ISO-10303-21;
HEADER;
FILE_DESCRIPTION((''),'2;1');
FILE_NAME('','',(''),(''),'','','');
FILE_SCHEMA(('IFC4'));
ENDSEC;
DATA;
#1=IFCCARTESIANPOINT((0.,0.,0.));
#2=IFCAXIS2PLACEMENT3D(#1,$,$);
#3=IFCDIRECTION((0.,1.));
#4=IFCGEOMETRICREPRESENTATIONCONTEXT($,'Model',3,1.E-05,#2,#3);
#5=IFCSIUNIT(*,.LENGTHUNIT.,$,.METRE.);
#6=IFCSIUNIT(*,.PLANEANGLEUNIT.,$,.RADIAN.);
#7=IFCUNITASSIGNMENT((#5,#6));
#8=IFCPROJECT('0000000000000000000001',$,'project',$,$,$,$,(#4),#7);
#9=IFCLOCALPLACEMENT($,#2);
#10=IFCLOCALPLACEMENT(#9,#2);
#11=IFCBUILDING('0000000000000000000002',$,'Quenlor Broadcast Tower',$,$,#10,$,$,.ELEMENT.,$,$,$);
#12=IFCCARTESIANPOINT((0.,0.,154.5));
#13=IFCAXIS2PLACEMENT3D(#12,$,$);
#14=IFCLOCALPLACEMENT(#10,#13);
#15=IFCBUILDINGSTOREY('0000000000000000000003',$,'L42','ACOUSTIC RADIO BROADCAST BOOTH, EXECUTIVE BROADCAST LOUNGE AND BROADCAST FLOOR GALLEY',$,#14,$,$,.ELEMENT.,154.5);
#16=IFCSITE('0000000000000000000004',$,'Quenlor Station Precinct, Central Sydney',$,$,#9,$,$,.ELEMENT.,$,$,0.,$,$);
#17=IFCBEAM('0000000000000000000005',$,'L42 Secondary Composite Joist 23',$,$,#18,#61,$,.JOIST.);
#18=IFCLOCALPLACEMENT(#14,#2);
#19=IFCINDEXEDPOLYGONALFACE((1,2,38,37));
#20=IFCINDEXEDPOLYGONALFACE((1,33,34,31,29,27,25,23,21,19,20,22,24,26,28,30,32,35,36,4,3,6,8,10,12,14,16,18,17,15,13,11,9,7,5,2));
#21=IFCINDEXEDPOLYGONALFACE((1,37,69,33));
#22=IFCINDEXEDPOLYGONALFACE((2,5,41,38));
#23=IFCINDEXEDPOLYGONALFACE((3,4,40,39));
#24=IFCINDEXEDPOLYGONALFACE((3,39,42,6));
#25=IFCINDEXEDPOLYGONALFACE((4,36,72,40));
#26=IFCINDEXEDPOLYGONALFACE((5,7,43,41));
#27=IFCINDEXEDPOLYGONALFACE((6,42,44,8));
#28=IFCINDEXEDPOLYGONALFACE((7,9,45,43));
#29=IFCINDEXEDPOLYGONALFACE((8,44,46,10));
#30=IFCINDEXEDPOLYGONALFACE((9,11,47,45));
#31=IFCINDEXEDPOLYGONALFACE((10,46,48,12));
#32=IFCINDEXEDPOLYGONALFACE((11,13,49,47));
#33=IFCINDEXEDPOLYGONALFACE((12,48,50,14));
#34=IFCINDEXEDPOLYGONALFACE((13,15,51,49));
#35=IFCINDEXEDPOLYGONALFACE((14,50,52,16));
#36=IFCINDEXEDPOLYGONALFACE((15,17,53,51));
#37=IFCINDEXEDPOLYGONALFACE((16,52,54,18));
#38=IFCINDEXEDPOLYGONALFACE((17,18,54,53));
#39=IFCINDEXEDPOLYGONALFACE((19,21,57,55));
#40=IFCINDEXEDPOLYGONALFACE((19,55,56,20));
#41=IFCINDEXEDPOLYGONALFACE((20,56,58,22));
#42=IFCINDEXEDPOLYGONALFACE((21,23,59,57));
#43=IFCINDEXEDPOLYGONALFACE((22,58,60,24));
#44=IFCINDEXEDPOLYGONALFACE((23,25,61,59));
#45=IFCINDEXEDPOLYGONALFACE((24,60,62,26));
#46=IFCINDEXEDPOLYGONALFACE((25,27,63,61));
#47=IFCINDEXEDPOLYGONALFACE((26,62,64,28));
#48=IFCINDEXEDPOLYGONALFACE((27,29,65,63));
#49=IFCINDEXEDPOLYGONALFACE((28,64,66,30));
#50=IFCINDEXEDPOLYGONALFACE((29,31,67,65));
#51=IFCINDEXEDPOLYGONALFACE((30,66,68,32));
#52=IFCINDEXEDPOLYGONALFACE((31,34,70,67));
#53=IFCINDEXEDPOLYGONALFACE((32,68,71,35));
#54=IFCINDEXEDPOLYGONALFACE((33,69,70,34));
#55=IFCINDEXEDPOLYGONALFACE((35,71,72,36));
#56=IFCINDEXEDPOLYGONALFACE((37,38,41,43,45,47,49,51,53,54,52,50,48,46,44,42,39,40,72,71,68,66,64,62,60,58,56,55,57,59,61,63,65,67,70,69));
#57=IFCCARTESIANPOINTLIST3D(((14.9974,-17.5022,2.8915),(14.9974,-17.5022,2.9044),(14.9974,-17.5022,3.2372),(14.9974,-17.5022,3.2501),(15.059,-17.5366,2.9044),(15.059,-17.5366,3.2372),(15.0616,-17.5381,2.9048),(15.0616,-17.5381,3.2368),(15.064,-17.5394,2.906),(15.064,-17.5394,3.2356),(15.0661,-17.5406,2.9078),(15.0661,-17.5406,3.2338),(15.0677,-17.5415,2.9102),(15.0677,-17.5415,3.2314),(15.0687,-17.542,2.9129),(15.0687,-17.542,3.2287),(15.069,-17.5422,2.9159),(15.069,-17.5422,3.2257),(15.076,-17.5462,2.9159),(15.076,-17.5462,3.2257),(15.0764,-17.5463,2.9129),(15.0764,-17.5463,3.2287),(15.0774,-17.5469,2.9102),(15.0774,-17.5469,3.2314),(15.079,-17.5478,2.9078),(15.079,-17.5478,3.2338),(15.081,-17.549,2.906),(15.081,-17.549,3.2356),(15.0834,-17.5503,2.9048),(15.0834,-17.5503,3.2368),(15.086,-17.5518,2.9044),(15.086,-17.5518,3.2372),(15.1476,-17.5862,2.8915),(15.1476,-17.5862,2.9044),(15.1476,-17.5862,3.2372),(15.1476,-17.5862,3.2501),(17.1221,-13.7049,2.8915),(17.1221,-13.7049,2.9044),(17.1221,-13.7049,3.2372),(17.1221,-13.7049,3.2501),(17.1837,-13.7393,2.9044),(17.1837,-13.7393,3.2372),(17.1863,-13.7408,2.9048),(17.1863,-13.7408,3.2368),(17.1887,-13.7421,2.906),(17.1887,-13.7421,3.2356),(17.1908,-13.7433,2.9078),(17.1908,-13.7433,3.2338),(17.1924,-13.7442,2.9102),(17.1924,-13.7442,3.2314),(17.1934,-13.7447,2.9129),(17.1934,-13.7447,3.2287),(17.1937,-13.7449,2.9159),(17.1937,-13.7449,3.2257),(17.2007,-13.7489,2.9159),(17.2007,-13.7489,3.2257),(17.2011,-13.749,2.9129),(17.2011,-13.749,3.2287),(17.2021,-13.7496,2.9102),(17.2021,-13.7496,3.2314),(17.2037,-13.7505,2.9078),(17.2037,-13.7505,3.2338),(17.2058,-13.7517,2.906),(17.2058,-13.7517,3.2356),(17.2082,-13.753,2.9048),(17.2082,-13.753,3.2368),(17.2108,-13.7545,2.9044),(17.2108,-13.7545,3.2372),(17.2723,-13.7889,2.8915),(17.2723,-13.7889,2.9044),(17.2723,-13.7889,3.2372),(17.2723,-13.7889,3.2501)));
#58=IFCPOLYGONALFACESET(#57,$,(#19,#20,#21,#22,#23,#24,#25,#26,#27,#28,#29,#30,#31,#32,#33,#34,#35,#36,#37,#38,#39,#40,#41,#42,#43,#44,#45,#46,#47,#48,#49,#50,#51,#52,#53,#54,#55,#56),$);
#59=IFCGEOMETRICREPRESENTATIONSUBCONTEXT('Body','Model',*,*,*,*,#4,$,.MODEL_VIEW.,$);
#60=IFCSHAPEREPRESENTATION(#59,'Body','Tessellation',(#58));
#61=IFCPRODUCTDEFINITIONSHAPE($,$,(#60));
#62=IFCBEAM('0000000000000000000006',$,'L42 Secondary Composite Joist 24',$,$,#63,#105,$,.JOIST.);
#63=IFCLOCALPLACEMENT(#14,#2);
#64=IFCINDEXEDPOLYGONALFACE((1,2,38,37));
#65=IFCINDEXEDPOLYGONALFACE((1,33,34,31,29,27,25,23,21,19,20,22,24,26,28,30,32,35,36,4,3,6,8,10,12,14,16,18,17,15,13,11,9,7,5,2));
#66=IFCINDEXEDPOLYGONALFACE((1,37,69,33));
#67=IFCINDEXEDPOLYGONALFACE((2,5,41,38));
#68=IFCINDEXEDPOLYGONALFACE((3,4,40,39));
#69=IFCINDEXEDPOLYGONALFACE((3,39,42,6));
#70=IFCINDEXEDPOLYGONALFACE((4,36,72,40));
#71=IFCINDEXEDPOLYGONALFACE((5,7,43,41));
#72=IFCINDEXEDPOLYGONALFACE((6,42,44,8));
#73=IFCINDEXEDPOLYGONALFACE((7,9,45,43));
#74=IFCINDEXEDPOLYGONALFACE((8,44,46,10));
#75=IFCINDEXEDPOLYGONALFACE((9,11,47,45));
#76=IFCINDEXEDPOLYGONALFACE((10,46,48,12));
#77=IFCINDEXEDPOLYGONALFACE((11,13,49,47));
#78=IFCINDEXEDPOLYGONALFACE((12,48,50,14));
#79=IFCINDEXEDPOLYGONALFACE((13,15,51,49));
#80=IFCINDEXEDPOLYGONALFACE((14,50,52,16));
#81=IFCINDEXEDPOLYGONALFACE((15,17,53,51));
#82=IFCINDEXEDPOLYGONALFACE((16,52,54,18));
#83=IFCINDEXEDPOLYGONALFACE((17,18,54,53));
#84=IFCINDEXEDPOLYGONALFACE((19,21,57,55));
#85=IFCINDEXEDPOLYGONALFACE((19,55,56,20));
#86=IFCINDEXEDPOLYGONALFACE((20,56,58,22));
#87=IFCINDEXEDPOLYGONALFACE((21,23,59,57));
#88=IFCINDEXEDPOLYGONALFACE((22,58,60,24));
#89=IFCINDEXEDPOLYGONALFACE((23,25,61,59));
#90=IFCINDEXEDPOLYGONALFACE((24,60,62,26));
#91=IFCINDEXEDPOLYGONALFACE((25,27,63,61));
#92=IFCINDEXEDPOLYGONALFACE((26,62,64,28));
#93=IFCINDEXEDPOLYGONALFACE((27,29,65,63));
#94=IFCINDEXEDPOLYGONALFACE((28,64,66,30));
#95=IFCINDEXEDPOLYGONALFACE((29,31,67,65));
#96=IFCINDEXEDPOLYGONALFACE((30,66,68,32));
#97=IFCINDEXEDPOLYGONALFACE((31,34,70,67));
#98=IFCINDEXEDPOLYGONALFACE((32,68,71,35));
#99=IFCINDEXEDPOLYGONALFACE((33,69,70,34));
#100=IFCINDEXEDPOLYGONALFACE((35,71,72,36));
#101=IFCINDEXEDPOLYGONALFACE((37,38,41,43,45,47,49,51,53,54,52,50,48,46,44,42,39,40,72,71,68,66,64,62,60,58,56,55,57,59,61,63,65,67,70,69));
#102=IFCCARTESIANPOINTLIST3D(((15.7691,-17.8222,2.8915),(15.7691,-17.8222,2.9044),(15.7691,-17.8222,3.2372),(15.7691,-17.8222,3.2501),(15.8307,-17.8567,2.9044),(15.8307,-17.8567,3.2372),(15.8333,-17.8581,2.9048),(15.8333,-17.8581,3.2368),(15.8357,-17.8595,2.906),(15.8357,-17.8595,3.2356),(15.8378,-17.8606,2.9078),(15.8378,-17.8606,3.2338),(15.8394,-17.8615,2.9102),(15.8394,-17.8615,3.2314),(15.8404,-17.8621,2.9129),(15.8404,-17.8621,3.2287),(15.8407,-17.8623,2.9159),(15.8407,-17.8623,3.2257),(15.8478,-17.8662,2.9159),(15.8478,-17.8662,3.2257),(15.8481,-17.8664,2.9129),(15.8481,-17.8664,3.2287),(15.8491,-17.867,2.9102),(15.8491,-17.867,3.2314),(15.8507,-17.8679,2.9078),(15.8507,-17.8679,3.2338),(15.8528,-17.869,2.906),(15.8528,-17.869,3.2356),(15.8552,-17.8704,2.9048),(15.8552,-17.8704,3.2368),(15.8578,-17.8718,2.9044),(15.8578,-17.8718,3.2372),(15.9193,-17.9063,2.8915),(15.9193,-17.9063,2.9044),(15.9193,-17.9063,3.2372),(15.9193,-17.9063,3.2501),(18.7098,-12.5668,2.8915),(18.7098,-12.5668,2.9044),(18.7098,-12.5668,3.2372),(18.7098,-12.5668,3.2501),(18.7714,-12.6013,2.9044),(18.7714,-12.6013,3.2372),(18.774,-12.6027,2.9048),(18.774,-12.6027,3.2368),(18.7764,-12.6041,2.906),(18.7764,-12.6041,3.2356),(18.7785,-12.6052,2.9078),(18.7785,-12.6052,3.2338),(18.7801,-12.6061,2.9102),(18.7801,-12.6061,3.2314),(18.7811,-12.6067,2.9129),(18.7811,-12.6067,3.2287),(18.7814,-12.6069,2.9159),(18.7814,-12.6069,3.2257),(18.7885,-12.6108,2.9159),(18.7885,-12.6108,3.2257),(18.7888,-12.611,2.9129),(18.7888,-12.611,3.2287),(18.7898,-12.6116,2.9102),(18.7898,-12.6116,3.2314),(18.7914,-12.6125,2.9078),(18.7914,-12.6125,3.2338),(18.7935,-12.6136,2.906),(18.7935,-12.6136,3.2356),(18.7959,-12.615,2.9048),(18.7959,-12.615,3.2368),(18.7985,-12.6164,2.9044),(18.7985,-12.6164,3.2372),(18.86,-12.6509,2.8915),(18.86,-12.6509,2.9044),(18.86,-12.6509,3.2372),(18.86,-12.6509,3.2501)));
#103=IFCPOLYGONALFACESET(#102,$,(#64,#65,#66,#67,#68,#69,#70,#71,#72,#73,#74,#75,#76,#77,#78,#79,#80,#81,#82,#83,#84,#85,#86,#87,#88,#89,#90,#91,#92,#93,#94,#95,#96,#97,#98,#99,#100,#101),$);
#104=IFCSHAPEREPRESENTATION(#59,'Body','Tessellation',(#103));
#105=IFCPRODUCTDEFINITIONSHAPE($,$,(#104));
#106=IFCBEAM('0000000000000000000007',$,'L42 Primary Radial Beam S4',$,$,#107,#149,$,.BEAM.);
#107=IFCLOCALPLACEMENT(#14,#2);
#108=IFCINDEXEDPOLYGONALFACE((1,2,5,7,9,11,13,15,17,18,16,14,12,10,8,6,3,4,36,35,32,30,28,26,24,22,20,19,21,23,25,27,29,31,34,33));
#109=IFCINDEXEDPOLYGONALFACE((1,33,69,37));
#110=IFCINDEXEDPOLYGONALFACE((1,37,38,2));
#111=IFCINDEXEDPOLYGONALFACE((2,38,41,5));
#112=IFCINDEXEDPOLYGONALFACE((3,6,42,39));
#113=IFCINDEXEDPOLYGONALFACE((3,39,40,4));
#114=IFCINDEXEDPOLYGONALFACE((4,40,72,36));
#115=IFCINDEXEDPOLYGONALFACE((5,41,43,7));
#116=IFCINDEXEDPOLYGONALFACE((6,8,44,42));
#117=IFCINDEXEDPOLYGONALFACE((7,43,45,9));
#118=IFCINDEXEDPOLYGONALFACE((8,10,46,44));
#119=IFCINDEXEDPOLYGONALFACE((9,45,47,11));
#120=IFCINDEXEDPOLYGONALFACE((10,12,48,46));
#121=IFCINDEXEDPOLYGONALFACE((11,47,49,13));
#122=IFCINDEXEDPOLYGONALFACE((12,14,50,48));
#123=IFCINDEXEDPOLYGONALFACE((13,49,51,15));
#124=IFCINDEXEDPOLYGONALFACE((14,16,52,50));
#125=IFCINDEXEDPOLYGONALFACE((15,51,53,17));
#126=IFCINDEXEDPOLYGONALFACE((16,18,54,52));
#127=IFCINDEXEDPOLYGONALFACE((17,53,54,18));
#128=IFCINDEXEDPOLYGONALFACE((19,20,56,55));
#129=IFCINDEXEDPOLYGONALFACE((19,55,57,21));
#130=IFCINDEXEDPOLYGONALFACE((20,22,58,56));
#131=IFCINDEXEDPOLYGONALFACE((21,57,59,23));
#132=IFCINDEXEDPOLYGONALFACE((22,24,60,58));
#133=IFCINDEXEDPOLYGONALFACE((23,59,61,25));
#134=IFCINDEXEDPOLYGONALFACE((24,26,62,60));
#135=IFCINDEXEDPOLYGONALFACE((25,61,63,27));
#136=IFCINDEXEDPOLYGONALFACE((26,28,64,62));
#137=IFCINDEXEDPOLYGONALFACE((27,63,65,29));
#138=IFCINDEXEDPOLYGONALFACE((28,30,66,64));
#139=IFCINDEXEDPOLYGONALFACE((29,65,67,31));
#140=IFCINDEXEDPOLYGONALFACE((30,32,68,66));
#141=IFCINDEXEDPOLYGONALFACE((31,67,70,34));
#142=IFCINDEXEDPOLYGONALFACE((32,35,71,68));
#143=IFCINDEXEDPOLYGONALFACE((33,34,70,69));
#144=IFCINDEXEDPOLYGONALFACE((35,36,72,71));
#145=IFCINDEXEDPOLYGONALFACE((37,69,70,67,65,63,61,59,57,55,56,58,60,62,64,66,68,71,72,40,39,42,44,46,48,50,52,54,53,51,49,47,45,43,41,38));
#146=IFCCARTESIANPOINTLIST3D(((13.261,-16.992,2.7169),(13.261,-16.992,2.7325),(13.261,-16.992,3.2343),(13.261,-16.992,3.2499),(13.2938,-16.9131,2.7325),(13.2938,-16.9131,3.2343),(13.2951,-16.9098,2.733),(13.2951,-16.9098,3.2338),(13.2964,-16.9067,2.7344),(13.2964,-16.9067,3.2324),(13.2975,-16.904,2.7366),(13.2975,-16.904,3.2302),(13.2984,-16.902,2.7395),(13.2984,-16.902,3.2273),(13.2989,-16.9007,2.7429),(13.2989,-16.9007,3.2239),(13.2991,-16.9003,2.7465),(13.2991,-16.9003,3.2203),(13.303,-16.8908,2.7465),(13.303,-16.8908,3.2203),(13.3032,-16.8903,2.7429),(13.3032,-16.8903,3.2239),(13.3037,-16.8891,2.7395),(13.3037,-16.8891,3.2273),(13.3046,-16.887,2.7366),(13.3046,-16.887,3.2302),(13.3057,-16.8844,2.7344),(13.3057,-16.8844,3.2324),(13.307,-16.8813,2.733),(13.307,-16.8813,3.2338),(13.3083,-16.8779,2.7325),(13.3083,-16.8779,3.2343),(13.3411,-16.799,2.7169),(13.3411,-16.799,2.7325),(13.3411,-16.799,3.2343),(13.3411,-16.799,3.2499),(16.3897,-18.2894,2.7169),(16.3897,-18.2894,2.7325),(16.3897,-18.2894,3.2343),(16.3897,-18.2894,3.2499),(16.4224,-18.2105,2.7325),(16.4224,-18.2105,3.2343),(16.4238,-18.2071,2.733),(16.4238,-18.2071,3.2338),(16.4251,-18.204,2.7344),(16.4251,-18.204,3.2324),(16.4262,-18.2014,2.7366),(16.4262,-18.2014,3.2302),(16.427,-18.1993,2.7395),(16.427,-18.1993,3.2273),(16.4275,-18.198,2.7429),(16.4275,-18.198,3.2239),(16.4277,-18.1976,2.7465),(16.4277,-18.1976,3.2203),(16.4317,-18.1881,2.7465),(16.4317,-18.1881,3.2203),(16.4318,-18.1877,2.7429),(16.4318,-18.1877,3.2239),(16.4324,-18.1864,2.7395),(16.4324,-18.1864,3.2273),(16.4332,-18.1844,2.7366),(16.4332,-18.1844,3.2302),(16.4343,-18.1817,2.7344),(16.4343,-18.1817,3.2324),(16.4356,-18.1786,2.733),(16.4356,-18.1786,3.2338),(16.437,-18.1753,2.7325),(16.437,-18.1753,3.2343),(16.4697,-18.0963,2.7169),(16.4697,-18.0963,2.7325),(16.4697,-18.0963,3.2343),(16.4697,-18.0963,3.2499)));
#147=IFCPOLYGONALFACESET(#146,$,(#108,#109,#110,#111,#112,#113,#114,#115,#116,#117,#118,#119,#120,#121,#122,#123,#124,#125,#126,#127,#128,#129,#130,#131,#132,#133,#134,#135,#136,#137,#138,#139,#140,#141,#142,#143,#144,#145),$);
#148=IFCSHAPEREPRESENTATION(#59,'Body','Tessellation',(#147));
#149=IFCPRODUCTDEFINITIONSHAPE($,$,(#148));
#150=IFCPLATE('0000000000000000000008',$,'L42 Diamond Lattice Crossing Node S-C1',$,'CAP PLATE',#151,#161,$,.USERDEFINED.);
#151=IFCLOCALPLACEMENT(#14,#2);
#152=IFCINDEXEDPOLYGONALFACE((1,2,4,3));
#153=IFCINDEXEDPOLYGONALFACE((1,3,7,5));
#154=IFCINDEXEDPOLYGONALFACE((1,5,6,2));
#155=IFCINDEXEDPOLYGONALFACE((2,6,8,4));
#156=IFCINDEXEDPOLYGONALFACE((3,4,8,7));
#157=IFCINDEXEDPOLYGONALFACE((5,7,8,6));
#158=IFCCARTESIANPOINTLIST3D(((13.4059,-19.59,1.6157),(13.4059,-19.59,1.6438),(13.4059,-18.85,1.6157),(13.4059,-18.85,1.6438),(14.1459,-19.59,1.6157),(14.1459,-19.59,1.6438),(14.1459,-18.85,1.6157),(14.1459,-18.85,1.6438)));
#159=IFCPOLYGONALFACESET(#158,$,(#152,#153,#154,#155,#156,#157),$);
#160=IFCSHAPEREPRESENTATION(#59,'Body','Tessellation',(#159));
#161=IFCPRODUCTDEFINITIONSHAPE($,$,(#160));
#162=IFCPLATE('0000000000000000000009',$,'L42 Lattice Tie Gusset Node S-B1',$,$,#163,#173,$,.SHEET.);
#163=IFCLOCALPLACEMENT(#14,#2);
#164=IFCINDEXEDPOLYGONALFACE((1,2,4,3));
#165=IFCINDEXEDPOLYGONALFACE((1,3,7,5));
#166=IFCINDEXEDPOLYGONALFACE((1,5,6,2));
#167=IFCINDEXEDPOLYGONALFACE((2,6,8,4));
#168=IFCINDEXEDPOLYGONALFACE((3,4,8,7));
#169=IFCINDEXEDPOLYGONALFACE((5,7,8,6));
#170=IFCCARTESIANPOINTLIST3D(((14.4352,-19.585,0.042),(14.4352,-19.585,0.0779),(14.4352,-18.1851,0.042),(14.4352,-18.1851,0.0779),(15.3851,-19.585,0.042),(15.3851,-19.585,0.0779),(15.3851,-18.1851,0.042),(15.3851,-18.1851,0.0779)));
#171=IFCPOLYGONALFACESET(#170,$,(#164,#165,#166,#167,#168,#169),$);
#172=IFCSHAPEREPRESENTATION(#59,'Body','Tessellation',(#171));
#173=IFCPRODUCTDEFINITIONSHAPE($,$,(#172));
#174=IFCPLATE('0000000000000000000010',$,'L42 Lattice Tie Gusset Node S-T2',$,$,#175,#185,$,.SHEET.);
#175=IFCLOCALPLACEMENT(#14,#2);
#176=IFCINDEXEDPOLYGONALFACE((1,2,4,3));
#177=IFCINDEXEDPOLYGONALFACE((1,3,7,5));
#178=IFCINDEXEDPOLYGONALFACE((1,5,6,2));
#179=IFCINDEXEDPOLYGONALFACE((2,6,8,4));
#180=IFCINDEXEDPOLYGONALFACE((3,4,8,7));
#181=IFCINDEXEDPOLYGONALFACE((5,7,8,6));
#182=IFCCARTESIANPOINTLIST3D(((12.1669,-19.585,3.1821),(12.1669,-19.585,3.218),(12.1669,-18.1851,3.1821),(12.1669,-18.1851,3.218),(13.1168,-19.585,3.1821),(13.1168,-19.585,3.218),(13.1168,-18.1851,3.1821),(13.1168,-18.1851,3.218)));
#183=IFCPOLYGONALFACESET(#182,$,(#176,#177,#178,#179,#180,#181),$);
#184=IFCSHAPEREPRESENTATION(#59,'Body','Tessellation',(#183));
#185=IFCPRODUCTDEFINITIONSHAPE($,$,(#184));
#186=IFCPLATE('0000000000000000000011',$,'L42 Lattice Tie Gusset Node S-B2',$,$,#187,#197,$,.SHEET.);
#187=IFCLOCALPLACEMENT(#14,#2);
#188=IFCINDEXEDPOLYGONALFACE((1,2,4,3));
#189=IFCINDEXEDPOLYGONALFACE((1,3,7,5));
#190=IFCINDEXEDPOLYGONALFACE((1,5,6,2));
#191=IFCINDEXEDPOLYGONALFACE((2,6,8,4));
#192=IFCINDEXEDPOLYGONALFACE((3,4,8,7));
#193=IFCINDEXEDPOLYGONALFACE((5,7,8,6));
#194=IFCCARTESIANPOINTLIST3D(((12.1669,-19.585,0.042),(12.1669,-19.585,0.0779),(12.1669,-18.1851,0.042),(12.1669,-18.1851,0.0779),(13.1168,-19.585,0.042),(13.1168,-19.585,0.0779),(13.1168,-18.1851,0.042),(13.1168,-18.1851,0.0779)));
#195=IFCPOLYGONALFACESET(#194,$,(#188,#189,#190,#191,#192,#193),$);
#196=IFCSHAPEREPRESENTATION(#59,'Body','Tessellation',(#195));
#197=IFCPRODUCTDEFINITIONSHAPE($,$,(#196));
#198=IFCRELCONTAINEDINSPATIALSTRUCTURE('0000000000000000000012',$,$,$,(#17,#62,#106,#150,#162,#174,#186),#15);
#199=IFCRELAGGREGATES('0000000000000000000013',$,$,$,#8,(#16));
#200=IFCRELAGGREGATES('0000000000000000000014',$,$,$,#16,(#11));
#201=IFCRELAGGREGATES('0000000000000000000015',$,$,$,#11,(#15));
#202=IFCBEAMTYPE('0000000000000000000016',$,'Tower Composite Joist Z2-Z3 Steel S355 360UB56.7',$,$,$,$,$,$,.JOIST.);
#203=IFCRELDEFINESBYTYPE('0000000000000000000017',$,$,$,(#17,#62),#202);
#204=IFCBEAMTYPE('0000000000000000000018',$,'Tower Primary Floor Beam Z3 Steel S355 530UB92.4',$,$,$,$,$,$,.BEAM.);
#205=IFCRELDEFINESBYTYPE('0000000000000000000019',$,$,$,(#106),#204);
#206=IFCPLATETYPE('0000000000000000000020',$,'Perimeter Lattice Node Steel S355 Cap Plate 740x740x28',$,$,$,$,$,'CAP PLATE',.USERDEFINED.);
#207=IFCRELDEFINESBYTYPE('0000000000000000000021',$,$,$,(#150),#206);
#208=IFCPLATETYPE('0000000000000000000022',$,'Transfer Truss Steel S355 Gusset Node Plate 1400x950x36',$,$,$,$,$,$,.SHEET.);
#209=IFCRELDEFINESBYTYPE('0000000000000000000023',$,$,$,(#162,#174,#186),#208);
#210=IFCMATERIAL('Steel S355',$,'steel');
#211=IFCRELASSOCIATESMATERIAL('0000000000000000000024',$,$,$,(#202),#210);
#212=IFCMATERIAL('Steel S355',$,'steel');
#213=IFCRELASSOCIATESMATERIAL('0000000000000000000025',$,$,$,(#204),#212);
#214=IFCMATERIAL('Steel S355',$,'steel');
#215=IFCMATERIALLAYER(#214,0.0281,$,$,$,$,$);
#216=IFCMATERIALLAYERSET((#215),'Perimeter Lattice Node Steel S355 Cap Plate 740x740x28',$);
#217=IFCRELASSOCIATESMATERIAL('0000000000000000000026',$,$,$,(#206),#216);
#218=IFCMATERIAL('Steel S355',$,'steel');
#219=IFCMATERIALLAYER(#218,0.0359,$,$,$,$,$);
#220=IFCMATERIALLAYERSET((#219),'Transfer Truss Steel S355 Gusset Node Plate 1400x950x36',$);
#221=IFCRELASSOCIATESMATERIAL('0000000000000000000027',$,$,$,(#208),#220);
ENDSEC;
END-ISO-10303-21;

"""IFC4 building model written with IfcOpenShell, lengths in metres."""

from ifc_helpers import new_model, si_unit, direction, frame, origin, origin_2d, place, context, subcontext, project, spatial, rectangle, i_section, extrude, material, layer, layer_set, material_profile, profile_set, type_object, element, save


model = new_model("IFC4")

# Units and contexts
model_context = context("Model", 3, precision=1e-05, world=origin(), true_north=direction((0.0, 1.0)))
body_context = subcontext(model_context, "Body", "Model", "MODEL_VIEW")
ifc_project = project(units=[si_unit("LENGTHUNIT", "METRE"), si_unit("PLANEANGLEUNIT", "RADIAN")], contexts=[model_context])

# Site, building, storey
site_placement = place(None, origin())
site = spatial("IfcSite", under=ifc_project, at=site_placement, Name="Quenlor Station Precinct, Central Sydney", CompositionType="ELEMENT", RefElevation=0.0)
building_placement = place(site_placement, origin())
building = spatial("IfcBuilding", under=site, at=building_placement, Name="Quenlor Broadcast Tower", CompositionType="ELEMENT")
storey_placement = place(building_placement, frame((0.0, 0.0, 154.5)))
storey = spatial("IfcBuildingStorey", under=building, at=storey_placement, Name="L42", Description="ACOUSTIC RADIO BROADCAST BOOTH, EXECUTIVE BROADCAST LOUNGE AND BROADCAST FLOOR GALLEY", CompositionType="ELEMENT", Elevation=154.5)

# Beams
ifc_material_1 = material(Name="Steel S355", Category="steel")
ifc_material_profile_1 = material_profile(ifc_material_1, i_section(OverallWidth=0.1721, OverallDepth=0.3586, WebThickness=0.0081, FlangeThickness=0.0129, FilletRadius=0.0115, at=origin_2d()))
ifc_profile_set_1 = profile_set([ifc_material_profile_1], Name="Steel S355 360UB56.7")
beam_type_1 = type_object("IfcBeamType", Name="Tower Composite Joist Z2-Z3 Steel S355 360UB56.7", PredefinedType="JOIST", material=ifc_profile_set_1)
beam_1_placement = place(storey_placement, frame((15.0725, -17.5442, 3.0708), z_axis=(0.488294, 0.872679, 0.0), x_axis=(-0.872679, 0.488294, 0.0)))
element("IfcBeam", 1, at=beam_1_placement, inside=storey, type_object=beam_type_1, Name="L42 Secondary Composite Joist 23", PredefinedType="JOIST", context=body_context, shape_type="SweptSolid", body=[
    extrude(i_section(OverallWidth=0.1721, OverallDepth=0.3586, WebThickness=0.0081, FlangeThickness=0.0129, FilletRadius=0.0115, at=origin_2d()), origin(), (0.0, 0.0, 1.0), 4.3513),
])
beam_2_placement = place(storey_placement, frame((15.8442, -17.8643, 3.0708), z_axis=(0.488308, 0.872671, 0.0), x_axis=(-0.872671, 0.488308, 0.0)))
element("IfcBeam", 2, at=beam_2_placement, inside=storey, type_object=beam_type_1, Name="L42 Secondary Composite Joist 24", PredefinedType="JOIST", context=body_context, shape_type="SweptSolid", body=[
    extrude(i_section(OverallWidth=0.1721, OverallDepth=0.3586, WebThickness=0.0081, FlangeThickness=0.0129, FilletRadius=0.0115, at=origin_2d()), origin(), (0.0, 0.0, 1.0), 6.0222),
])
ifc_material_2 = material(Name="Steel S355", Category="steel")
ifc_material_profile_2 = material_profile(ifc_material_2, i_section(OverallWidth=0.209, OverallDepth=0.533, WebThickness=0.0103, FlangeThickness=0.0156, FilletRadius=0.0139, at=origin_2d()))
ifc_profile_set_2 = profile_set([ifc_material_profile_2], Name="Steel S355 530UB92.4")
beam_type_2 = type_object("IfcBeamType", Name="Tower Primary Floor Beam Z3 Steel S355 530UB92.4", PredefinedType="BEAM", material=ifc_profile_set_2)
beam_3_placement = place(storey_placement, frame((16.4297, -18.1929, 2.9834), z_axis=(-0.92373, 0.383044, 0.0), x_axis=(-0.383044, -0.92373, 0.0)))
element("IfcBeam", 3, at=beam_3_placement, inside=storey, type_object=beam_type_2, Name="L42 Primary Radial Beam S4", PredefinedType="BEAM", context=body_context, shape_type="SweptSolid", body=[
    extrude(i_section(OverallWidth=0.209, OverallDepth=0.533, WebThickness=0.0103, FlangeThickness=0.0156, FilletRadius=0.0139, at=origin_2d()), origin(), (0.0, 0.0, 1.0), 3.387),
])

# Plates
ifc_material_3 = material(Name="Steel S355", Category="steel")
ifc_layer_1 = layer(ifc_material_3, 0.0281)
ifc_layer_set_1 = layer_set([ifc_layer_1], Name="Perimeter Lattice Node Steel S355 Cap Plate 740x740x28")
plate_type_1 = type_object("IfcPlateType", Name="Perimeter Lattice Node Steel S355 Cap Plate 740x740x28", ElementType="CAP PLATE", PredefinedType="USERDEFINED", material=ifc_layer_set_1)
plate_placement = place(storey_placement, frame((13.7759, -19.22, 1.6157), z_axis=(0.0, 0.0, 1.0), x_axis=(-1.0, 0.0, 0.0)))
element("IfcPlate", 4, at=plate_placement, inside=storey, type_object=plate_type_1, Name="L42 Diamond Lattice Crossing Node S-C1", ObjectType="CAP PLATE", PredefinedType="USERDEFINED", context=body_context, shape_type="SweptSolid", body=[
    extrude(rectangle(XDim=0.74, YDim=0.74, at=origin_2d()), origin(), (0.0, 0.0, 1.0), 0.0281),
])
ifc_material_4 = material(Name="Steel S355", Category="steel")
ifc_layer_2 = layer(ifc_material_4, 0.0359)
ifc_layer_set_2 = layer_set([ifc_layer_2], Name="Transfer Truss Steel S355 Gusset Node Plate 1400x950x36")
plate_type_2 = type_object("IfcPlateType", Name="Transfer Truss Steel S355 Gusset Node Plate 1400x950x36", PredefinedType="SHEET", material=ifc_layer_set_2)
for number, where, z_axis, x_axis, name in (
    (5, (14.9102, -18.885, 0.042), (0.0, 0.0, 1.0), (0.0, -1.0, 0.0), "L42 Lattice Tie Gusset Node S-B1"),
    (6, (12.6418, -18.885, 3.1821), (0.0, 0.0, 1.0), (0.0, -1.0, 0.0), "L42 Lattice Tie Gusset Node S-T2"),
    (7, (12.6418, -18.885, 0.042), (0.0, 0.0, 1.0), (0.0, -1.0, 0.0), "L42 Lattice Tie Gusset Node S-B2"),
):
    element("IfcPlate", number, at=place(storey_placement, frame(where, z_axis=z_axis, x_axis=x_axis)), inside=storey, type_object=plate_type_2, Name=name, PredefinedType="SHEET", context=body_context, shape_type="SweptSolid", body=[
        extrude(rectangle(XDim=1.3999, YDim=0.95, at=origin_2d()), origin(), (0.0, 0.0, 1.0), 0.0359),
    ])

save(model, "model.ifc")
